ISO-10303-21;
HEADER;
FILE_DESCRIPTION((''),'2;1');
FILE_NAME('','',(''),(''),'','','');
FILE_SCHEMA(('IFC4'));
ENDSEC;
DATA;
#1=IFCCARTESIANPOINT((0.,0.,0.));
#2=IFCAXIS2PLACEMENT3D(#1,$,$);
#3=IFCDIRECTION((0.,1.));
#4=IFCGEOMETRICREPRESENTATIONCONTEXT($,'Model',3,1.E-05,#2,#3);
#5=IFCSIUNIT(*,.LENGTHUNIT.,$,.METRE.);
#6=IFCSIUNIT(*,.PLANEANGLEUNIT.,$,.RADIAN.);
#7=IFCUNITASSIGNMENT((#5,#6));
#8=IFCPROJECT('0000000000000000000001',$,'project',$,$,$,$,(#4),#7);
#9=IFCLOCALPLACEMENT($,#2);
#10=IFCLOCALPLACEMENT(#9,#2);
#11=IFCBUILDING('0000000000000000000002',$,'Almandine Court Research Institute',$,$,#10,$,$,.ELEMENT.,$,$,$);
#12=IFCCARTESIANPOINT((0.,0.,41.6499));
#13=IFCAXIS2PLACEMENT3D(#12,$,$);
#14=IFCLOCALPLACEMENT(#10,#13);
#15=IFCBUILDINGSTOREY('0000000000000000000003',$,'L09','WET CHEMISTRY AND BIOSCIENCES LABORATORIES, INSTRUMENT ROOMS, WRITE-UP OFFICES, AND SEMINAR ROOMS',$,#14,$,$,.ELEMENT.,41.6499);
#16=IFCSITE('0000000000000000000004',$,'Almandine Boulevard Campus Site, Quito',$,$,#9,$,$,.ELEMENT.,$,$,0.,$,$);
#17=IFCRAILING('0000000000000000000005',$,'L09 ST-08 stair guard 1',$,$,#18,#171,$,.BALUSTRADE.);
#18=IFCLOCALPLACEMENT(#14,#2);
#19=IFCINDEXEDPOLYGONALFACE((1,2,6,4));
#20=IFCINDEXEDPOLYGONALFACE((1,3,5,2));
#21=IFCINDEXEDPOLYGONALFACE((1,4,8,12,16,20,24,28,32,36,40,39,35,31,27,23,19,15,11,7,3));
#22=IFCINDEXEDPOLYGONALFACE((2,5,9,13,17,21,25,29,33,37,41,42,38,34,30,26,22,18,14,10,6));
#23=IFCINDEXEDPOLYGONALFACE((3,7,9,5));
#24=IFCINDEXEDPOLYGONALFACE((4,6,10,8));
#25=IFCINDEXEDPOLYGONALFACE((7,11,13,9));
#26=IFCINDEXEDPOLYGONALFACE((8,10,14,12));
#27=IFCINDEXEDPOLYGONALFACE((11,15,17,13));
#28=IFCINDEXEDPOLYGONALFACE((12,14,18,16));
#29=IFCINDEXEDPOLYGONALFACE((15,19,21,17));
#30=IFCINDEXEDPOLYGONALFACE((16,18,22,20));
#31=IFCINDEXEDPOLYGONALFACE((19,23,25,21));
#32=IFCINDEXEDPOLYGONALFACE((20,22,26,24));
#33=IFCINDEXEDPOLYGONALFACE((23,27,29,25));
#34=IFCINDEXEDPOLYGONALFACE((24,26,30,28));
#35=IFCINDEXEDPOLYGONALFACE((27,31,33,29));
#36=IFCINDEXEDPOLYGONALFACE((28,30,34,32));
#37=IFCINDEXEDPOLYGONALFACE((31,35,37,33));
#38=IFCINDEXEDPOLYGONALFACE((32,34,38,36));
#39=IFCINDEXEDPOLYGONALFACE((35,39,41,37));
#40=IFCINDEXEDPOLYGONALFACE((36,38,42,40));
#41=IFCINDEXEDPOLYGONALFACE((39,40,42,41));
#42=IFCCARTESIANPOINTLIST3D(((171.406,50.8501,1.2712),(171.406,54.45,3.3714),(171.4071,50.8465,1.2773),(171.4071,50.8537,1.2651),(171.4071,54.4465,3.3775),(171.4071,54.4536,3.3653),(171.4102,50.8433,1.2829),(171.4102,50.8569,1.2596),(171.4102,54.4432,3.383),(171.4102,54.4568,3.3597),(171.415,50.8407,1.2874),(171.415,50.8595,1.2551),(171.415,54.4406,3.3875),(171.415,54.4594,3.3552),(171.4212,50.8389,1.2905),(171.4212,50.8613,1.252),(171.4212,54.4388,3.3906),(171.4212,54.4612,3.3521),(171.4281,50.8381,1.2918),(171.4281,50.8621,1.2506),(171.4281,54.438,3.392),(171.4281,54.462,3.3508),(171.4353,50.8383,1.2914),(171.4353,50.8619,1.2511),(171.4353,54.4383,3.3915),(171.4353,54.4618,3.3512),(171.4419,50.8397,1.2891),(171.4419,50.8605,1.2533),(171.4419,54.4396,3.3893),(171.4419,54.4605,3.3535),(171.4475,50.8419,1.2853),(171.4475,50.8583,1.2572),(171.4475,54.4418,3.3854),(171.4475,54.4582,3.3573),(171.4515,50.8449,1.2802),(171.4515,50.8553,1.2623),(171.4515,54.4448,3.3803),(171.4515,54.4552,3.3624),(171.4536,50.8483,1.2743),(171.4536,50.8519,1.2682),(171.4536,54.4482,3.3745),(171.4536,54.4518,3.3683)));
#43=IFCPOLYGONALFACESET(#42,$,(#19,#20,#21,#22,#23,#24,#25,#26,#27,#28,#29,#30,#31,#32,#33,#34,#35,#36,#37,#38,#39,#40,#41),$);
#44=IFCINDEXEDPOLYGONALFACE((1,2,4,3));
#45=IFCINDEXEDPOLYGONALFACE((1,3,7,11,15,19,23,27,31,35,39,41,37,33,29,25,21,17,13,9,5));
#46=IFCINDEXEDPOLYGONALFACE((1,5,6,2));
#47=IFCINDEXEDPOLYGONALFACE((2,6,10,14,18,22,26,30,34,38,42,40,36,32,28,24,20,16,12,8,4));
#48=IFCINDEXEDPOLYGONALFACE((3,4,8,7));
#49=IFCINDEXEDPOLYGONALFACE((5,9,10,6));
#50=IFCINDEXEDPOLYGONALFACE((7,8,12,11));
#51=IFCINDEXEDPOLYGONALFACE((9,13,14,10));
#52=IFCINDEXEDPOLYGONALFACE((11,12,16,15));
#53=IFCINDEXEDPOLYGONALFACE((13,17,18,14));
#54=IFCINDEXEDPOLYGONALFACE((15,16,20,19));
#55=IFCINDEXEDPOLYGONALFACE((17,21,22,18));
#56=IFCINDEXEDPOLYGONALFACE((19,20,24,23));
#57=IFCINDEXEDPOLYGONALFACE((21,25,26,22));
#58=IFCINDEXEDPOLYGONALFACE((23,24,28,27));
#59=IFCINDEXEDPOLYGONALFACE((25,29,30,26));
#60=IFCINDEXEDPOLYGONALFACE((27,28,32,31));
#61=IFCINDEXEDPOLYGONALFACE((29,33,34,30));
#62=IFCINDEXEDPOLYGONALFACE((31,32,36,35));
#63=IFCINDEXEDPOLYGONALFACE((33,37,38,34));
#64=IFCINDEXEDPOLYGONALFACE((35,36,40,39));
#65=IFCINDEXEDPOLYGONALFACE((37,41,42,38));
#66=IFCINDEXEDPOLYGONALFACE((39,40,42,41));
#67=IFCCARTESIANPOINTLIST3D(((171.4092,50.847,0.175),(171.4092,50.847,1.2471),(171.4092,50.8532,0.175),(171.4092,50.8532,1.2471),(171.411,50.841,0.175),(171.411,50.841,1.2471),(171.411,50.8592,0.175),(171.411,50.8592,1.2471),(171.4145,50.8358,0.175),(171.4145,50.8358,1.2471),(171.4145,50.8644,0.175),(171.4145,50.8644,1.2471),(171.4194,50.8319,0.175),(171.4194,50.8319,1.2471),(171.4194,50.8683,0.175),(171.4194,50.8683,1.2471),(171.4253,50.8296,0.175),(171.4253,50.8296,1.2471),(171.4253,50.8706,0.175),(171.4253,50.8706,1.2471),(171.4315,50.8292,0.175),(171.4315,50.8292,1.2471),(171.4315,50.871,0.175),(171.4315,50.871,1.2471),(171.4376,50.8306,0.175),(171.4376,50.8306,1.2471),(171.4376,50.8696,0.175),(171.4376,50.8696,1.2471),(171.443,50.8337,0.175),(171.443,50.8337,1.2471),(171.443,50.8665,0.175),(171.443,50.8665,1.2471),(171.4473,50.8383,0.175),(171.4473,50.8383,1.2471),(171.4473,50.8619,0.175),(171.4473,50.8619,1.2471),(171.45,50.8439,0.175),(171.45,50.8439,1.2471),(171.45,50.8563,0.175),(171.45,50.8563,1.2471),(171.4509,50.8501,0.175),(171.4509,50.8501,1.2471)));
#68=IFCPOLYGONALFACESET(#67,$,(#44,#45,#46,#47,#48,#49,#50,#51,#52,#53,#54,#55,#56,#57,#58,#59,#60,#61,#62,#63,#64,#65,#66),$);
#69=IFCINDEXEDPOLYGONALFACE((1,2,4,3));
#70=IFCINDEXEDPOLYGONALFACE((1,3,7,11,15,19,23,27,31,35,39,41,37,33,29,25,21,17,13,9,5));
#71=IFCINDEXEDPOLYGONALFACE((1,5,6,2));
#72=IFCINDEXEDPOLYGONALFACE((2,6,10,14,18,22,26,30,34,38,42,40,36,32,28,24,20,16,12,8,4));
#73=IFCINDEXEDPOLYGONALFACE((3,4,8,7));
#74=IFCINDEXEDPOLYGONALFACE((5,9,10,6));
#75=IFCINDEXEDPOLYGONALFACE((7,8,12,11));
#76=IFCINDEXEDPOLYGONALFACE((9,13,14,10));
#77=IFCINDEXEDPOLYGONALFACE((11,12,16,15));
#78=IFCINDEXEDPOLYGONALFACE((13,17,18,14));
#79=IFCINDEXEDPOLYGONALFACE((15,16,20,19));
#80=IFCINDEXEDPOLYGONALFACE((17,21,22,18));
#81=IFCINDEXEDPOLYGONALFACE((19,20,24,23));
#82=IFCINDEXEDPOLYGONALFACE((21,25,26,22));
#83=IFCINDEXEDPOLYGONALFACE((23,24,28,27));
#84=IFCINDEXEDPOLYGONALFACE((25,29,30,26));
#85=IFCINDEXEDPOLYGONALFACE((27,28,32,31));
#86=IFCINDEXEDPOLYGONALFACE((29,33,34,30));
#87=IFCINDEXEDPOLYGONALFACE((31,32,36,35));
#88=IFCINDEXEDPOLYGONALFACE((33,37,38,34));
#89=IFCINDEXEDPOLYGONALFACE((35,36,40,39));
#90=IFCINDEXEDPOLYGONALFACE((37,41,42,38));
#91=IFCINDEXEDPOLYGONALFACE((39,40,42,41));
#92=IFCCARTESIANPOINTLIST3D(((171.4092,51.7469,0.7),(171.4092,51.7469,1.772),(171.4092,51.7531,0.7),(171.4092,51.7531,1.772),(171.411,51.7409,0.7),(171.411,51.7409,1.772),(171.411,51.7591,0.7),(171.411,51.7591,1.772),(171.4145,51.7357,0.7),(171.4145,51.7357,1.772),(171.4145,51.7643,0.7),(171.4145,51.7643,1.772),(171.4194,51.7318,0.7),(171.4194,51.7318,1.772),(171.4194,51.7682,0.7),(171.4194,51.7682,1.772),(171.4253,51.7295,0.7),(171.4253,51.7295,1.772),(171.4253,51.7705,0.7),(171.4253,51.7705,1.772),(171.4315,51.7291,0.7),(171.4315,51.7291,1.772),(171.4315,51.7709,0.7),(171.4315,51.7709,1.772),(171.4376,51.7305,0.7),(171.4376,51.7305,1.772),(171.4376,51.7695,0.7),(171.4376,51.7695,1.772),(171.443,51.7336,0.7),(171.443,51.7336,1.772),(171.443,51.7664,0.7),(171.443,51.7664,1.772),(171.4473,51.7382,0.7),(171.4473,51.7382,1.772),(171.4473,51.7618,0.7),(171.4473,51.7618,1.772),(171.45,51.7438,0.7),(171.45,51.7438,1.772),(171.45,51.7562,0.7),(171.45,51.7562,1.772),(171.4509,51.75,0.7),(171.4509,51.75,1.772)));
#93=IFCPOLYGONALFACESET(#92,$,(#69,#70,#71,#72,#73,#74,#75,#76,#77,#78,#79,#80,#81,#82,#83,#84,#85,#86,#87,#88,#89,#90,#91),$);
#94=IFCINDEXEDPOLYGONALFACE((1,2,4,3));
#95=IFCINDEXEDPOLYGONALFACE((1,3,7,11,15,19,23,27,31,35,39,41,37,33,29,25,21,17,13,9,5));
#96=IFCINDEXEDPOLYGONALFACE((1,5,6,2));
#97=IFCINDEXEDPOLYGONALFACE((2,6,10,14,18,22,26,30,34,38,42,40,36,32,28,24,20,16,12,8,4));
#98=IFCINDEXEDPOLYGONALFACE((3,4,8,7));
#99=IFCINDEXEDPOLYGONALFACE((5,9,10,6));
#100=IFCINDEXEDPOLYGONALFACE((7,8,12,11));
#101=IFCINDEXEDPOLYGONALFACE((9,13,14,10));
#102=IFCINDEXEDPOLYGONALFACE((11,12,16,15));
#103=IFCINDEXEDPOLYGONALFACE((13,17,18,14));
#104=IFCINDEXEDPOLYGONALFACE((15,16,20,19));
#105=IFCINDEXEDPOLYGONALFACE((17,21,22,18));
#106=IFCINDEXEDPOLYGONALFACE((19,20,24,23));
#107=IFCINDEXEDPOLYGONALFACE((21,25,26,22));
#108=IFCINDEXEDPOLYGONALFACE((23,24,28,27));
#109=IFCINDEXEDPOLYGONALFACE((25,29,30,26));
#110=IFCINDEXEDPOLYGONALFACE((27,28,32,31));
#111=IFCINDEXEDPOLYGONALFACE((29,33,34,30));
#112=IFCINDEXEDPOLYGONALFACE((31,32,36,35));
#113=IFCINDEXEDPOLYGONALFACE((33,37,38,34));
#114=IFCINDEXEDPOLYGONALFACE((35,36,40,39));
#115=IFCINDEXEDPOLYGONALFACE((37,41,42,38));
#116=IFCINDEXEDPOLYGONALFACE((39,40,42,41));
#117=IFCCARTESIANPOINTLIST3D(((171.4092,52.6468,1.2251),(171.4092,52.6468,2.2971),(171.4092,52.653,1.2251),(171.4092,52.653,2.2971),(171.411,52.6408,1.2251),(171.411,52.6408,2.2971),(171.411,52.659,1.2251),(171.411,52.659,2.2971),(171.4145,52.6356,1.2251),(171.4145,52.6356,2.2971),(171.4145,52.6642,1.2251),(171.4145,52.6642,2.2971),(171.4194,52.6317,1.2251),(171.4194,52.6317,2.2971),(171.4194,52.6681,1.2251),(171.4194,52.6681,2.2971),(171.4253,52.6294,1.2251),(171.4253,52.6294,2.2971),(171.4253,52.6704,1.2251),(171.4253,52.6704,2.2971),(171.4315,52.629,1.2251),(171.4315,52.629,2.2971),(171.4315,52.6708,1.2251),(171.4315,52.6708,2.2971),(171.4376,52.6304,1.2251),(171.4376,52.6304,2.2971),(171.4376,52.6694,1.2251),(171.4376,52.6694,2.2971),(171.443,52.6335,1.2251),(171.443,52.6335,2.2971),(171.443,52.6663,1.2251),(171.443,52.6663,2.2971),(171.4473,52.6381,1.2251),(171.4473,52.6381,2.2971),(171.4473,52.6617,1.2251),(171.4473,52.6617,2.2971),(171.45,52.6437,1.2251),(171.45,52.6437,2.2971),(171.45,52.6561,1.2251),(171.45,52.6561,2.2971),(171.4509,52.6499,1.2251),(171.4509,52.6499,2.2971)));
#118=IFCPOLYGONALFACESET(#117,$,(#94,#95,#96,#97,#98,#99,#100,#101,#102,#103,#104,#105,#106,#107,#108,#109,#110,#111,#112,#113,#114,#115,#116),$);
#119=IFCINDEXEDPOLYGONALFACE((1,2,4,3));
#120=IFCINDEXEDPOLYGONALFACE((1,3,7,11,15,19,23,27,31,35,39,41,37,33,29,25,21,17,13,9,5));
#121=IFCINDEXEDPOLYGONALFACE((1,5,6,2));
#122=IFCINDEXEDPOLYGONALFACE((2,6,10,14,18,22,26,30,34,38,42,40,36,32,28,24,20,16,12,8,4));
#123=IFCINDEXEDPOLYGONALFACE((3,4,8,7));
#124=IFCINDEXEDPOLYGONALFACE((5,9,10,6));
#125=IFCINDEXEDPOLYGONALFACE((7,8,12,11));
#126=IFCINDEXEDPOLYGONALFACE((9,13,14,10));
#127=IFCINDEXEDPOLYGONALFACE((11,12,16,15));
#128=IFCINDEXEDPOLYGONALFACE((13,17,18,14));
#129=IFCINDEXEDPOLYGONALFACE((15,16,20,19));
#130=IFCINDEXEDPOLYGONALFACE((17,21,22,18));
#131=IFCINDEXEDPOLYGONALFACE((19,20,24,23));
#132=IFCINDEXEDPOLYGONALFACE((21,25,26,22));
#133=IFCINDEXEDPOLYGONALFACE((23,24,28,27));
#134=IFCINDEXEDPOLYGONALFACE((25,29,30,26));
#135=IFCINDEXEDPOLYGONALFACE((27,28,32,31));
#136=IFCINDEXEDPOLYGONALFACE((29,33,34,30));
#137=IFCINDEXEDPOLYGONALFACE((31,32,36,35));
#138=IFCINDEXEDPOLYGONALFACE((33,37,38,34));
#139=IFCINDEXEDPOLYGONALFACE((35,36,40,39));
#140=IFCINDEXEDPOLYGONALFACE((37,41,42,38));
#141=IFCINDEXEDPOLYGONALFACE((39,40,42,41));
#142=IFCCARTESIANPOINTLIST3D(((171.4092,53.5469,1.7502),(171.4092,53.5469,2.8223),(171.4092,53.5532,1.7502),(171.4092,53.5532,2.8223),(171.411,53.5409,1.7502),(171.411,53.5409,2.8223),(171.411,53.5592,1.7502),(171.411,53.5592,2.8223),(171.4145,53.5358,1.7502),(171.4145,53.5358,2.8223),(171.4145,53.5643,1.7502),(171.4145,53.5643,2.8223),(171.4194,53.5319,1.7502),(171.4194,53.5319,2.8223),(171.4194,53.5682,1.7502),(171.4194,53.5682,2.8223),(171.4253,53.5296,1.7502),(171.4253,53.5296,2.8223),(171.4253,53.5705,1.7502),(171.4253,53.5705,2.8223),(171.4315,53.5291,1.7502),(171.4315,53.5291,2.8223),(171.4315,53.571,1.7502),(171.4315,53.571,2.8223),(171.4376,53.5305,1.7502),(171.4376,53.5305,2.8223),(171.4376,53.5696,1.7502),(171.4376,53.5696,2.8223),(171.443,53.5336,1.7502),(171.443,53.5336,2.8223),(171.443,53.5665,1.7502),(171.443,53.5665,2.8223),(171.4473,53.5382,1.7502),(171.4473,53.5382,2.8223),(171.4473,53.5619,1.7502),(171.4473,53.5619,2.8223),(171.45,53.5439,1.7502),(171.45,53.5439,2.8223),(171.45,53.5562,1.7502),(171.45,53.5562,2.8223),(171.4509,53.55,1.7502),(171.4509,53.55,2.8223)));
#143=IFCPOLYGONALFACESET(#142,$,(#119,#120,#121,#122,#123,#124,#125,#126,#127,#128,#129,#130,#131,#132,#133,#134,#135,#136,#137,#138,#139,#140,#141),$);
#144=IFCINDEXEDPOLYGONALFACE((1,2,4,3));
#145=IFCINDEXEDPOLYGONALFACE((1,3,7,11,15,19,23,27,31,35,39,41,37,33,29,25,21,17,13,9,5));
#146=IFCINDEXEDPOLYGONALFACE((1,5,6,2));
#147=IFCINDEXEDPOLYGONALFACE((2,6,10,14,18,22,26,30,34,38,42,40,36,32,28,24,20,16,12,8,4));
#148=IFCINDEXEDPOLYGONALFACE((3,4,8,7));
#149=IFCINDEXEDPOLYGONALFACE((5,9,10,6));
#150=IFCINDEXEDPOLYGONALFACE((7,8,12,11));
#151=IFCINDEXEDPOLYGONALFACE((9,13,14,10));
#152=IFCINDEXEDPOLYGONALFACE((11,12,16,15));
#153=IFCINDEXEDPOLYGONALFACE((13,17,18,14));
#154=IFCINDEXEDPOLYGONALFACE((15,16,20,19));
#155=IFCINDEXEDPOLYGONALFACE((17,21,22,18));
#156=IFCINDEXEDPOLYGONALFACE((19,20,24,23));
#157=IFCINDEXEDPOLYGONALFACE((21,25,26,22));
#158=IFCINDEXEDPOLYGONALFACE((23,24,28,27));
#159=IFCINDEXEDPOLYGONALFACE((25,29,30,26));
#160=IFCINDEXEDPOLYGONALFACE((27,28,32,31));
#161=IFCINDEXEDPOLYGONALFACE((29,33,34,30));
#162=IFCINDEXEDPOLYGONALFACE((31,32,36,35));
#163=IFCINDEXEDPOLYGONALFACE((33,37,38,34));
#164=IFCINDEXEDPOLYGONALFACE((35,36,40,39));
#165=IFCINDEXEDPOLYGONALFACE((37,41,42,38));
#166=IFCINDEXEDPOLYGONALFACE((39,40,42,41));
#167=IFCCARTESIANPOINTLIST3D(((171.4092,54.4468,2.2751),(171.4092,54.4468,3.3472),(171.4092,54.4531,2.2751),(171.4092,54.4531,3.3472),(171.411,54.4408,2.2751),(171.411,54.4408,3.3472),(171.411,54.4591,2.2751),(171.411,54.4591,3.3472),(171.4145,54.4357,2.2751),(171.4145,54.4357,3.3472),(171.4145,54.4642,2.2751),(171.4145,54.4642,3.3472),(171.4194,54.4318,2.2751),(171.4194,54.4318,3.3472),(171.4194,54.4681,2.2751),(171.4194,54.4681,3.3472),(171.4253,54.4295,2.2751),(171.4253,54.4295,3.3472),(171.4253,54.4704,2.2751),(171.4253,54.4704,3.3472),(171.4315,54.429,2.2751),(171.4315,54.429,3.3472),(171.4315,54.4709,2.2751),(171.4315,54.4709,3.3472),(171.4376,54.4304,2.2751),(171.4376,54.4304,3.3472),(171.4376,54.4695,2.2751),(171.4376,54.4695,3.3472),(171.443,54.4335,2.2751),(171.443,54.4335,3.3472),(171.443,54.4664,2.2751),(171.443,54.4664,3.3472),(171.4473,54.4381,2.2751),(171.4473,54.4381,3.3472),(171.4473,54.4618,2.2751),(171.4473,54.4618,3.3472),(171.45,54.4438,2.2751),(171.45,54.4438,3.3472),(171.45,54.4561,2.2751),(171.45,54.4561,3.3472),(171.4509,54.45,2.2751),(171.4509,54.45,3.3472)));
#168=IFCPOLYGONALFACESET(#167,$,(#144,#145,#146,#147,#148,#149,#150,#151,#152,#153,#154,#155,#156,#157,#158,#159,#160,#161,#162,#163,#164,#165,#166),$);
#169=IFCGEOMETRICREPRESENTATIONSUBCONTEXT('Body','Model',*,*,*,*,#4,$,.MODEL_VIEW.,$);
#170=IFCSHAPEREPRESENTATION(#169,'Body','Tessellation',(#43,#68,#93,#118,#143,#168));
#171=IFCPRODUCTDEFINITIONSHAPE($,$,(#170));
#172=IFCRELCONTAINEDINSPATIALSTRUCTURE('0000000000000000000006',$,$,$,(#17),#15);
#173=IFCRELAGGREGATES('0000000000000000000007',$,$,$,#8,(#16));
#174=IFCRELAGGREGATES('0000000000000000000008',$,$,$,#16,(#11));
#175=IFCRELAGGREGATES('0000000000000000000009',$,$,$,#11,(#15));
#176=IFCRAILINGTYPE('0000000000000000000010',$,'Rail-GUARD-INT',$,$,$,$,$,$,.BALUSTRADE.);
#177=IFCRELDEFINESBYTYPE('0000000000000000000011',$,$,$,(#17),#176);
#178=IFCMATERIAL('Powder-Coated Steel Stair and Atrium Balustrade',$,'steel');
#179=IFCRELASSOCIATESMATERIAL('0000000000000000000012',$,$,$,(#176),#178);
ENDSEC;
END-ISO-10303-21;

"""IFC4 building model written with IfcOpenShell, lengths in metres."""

from ifc_helpers import new_model, si_unit, direction, frame, origin, origin_2d, place, context, subcontext, project, spatial, circle, extrude, material, type_object, element, save


model = new_model("IFC4")

# Units and contexts
model_context = context("Model", 3, precision=1e-05, world=origin(), true_north=direction((0.0, 1.0)))
body_context = subcontext(model_context, "Body", "Model", "MODEL_VIEW")
ifc_project = project(units=[si_unit("LENGTHUNIT", "METRE"), si_unit("PLANEANGLEUNIT", "RADIAN")], contexts=[model_context])

# Site, building, storey
site_placement = place(None, origin())
site = spatial("IfcSite", under=ifc_project, at=site_placement, Name="Almandine Boulevard Campus Site, Quito", CompositionType="ELEMENT", RefElevation=0.0)
building_placement = place(site_placement, origin())
building = spatial("IfcBuilding", under=site, at=building_placement, Name="Almandine Court Research Institute", CompositionType="ELEMENT")
storey_placement = place(building_placement, frame((0.0, 0.0, 41.6499)))
storey = spatial("IfcBuildingStorey", under=building, at=storey_placement, Name="L09", Description="WET CHEMISTRY AND BIOSCIENCES LABORATORIES, INSTRUMENT ROOMS, WRITE-UP OFFICES, AND SEMINAR ROOMS", CompositionType="ELEMENT", Elevation=41.6499)

# Railing
ifc_material_1 = material(Name="Powder-Coated Steel Stair and Atrium Balustrade", Category="steel")
railing_type_1 = type_object("IfcRailingType", Name="Rail-GUARD-INT", PredefinedType="BALUSTRADE", material=ifc_material_1)
railing_1_placement = place(storey_placement, frame((171.4299, 50.8501, 0.175)))
element("IfcRailing", 1, at=railing_1_placement, inside=storey, type_object=railing_type_1, Name="L09 ST-08 stair guard 1", PredefinedType="BALUSTRADE", context=body_context, shape_type="SweptSolid", body=[
    extrude(circle(Radius=0.0239, at=origin_2d()), frame((0.0, 0.0, 1.0962), z_axis=(0.0, 0.86376, 0.503904), x_axis=(-1.0, 0.0, 0.0)), (0.0, 0.0, 1.0), 4.1677),
    extrude(circle(Radius=0.021, at=origin_2d()), origin(), (0.0, 0.0, 1.0), 1.072),
    extrude(circle(Radius=0.021, at=origin_2d()), frame((0.0, 0.8999, 0.5249)), (0.0, 0.0, 1.0), 1.072),
    extrude(circle(Radius=0.021, at=origin_2d()), frame((0.0, 1.7998, 1.05)), (0.0, 0.0, 1.0), 1.072),
    extrude(circle(Radius=0.021, at=origin_2d()), frame((0.0, 2.7, 1.5752)), (0.0, 0.0, 1.0), 1.072),
    extrude(circle(Radius=0.021, at=origin_2d()), frame((0.0, 3.5999, 2.1001)), (0.0, 0.0, 1.0), 1.072),
])

save(model, "model.ifc")
